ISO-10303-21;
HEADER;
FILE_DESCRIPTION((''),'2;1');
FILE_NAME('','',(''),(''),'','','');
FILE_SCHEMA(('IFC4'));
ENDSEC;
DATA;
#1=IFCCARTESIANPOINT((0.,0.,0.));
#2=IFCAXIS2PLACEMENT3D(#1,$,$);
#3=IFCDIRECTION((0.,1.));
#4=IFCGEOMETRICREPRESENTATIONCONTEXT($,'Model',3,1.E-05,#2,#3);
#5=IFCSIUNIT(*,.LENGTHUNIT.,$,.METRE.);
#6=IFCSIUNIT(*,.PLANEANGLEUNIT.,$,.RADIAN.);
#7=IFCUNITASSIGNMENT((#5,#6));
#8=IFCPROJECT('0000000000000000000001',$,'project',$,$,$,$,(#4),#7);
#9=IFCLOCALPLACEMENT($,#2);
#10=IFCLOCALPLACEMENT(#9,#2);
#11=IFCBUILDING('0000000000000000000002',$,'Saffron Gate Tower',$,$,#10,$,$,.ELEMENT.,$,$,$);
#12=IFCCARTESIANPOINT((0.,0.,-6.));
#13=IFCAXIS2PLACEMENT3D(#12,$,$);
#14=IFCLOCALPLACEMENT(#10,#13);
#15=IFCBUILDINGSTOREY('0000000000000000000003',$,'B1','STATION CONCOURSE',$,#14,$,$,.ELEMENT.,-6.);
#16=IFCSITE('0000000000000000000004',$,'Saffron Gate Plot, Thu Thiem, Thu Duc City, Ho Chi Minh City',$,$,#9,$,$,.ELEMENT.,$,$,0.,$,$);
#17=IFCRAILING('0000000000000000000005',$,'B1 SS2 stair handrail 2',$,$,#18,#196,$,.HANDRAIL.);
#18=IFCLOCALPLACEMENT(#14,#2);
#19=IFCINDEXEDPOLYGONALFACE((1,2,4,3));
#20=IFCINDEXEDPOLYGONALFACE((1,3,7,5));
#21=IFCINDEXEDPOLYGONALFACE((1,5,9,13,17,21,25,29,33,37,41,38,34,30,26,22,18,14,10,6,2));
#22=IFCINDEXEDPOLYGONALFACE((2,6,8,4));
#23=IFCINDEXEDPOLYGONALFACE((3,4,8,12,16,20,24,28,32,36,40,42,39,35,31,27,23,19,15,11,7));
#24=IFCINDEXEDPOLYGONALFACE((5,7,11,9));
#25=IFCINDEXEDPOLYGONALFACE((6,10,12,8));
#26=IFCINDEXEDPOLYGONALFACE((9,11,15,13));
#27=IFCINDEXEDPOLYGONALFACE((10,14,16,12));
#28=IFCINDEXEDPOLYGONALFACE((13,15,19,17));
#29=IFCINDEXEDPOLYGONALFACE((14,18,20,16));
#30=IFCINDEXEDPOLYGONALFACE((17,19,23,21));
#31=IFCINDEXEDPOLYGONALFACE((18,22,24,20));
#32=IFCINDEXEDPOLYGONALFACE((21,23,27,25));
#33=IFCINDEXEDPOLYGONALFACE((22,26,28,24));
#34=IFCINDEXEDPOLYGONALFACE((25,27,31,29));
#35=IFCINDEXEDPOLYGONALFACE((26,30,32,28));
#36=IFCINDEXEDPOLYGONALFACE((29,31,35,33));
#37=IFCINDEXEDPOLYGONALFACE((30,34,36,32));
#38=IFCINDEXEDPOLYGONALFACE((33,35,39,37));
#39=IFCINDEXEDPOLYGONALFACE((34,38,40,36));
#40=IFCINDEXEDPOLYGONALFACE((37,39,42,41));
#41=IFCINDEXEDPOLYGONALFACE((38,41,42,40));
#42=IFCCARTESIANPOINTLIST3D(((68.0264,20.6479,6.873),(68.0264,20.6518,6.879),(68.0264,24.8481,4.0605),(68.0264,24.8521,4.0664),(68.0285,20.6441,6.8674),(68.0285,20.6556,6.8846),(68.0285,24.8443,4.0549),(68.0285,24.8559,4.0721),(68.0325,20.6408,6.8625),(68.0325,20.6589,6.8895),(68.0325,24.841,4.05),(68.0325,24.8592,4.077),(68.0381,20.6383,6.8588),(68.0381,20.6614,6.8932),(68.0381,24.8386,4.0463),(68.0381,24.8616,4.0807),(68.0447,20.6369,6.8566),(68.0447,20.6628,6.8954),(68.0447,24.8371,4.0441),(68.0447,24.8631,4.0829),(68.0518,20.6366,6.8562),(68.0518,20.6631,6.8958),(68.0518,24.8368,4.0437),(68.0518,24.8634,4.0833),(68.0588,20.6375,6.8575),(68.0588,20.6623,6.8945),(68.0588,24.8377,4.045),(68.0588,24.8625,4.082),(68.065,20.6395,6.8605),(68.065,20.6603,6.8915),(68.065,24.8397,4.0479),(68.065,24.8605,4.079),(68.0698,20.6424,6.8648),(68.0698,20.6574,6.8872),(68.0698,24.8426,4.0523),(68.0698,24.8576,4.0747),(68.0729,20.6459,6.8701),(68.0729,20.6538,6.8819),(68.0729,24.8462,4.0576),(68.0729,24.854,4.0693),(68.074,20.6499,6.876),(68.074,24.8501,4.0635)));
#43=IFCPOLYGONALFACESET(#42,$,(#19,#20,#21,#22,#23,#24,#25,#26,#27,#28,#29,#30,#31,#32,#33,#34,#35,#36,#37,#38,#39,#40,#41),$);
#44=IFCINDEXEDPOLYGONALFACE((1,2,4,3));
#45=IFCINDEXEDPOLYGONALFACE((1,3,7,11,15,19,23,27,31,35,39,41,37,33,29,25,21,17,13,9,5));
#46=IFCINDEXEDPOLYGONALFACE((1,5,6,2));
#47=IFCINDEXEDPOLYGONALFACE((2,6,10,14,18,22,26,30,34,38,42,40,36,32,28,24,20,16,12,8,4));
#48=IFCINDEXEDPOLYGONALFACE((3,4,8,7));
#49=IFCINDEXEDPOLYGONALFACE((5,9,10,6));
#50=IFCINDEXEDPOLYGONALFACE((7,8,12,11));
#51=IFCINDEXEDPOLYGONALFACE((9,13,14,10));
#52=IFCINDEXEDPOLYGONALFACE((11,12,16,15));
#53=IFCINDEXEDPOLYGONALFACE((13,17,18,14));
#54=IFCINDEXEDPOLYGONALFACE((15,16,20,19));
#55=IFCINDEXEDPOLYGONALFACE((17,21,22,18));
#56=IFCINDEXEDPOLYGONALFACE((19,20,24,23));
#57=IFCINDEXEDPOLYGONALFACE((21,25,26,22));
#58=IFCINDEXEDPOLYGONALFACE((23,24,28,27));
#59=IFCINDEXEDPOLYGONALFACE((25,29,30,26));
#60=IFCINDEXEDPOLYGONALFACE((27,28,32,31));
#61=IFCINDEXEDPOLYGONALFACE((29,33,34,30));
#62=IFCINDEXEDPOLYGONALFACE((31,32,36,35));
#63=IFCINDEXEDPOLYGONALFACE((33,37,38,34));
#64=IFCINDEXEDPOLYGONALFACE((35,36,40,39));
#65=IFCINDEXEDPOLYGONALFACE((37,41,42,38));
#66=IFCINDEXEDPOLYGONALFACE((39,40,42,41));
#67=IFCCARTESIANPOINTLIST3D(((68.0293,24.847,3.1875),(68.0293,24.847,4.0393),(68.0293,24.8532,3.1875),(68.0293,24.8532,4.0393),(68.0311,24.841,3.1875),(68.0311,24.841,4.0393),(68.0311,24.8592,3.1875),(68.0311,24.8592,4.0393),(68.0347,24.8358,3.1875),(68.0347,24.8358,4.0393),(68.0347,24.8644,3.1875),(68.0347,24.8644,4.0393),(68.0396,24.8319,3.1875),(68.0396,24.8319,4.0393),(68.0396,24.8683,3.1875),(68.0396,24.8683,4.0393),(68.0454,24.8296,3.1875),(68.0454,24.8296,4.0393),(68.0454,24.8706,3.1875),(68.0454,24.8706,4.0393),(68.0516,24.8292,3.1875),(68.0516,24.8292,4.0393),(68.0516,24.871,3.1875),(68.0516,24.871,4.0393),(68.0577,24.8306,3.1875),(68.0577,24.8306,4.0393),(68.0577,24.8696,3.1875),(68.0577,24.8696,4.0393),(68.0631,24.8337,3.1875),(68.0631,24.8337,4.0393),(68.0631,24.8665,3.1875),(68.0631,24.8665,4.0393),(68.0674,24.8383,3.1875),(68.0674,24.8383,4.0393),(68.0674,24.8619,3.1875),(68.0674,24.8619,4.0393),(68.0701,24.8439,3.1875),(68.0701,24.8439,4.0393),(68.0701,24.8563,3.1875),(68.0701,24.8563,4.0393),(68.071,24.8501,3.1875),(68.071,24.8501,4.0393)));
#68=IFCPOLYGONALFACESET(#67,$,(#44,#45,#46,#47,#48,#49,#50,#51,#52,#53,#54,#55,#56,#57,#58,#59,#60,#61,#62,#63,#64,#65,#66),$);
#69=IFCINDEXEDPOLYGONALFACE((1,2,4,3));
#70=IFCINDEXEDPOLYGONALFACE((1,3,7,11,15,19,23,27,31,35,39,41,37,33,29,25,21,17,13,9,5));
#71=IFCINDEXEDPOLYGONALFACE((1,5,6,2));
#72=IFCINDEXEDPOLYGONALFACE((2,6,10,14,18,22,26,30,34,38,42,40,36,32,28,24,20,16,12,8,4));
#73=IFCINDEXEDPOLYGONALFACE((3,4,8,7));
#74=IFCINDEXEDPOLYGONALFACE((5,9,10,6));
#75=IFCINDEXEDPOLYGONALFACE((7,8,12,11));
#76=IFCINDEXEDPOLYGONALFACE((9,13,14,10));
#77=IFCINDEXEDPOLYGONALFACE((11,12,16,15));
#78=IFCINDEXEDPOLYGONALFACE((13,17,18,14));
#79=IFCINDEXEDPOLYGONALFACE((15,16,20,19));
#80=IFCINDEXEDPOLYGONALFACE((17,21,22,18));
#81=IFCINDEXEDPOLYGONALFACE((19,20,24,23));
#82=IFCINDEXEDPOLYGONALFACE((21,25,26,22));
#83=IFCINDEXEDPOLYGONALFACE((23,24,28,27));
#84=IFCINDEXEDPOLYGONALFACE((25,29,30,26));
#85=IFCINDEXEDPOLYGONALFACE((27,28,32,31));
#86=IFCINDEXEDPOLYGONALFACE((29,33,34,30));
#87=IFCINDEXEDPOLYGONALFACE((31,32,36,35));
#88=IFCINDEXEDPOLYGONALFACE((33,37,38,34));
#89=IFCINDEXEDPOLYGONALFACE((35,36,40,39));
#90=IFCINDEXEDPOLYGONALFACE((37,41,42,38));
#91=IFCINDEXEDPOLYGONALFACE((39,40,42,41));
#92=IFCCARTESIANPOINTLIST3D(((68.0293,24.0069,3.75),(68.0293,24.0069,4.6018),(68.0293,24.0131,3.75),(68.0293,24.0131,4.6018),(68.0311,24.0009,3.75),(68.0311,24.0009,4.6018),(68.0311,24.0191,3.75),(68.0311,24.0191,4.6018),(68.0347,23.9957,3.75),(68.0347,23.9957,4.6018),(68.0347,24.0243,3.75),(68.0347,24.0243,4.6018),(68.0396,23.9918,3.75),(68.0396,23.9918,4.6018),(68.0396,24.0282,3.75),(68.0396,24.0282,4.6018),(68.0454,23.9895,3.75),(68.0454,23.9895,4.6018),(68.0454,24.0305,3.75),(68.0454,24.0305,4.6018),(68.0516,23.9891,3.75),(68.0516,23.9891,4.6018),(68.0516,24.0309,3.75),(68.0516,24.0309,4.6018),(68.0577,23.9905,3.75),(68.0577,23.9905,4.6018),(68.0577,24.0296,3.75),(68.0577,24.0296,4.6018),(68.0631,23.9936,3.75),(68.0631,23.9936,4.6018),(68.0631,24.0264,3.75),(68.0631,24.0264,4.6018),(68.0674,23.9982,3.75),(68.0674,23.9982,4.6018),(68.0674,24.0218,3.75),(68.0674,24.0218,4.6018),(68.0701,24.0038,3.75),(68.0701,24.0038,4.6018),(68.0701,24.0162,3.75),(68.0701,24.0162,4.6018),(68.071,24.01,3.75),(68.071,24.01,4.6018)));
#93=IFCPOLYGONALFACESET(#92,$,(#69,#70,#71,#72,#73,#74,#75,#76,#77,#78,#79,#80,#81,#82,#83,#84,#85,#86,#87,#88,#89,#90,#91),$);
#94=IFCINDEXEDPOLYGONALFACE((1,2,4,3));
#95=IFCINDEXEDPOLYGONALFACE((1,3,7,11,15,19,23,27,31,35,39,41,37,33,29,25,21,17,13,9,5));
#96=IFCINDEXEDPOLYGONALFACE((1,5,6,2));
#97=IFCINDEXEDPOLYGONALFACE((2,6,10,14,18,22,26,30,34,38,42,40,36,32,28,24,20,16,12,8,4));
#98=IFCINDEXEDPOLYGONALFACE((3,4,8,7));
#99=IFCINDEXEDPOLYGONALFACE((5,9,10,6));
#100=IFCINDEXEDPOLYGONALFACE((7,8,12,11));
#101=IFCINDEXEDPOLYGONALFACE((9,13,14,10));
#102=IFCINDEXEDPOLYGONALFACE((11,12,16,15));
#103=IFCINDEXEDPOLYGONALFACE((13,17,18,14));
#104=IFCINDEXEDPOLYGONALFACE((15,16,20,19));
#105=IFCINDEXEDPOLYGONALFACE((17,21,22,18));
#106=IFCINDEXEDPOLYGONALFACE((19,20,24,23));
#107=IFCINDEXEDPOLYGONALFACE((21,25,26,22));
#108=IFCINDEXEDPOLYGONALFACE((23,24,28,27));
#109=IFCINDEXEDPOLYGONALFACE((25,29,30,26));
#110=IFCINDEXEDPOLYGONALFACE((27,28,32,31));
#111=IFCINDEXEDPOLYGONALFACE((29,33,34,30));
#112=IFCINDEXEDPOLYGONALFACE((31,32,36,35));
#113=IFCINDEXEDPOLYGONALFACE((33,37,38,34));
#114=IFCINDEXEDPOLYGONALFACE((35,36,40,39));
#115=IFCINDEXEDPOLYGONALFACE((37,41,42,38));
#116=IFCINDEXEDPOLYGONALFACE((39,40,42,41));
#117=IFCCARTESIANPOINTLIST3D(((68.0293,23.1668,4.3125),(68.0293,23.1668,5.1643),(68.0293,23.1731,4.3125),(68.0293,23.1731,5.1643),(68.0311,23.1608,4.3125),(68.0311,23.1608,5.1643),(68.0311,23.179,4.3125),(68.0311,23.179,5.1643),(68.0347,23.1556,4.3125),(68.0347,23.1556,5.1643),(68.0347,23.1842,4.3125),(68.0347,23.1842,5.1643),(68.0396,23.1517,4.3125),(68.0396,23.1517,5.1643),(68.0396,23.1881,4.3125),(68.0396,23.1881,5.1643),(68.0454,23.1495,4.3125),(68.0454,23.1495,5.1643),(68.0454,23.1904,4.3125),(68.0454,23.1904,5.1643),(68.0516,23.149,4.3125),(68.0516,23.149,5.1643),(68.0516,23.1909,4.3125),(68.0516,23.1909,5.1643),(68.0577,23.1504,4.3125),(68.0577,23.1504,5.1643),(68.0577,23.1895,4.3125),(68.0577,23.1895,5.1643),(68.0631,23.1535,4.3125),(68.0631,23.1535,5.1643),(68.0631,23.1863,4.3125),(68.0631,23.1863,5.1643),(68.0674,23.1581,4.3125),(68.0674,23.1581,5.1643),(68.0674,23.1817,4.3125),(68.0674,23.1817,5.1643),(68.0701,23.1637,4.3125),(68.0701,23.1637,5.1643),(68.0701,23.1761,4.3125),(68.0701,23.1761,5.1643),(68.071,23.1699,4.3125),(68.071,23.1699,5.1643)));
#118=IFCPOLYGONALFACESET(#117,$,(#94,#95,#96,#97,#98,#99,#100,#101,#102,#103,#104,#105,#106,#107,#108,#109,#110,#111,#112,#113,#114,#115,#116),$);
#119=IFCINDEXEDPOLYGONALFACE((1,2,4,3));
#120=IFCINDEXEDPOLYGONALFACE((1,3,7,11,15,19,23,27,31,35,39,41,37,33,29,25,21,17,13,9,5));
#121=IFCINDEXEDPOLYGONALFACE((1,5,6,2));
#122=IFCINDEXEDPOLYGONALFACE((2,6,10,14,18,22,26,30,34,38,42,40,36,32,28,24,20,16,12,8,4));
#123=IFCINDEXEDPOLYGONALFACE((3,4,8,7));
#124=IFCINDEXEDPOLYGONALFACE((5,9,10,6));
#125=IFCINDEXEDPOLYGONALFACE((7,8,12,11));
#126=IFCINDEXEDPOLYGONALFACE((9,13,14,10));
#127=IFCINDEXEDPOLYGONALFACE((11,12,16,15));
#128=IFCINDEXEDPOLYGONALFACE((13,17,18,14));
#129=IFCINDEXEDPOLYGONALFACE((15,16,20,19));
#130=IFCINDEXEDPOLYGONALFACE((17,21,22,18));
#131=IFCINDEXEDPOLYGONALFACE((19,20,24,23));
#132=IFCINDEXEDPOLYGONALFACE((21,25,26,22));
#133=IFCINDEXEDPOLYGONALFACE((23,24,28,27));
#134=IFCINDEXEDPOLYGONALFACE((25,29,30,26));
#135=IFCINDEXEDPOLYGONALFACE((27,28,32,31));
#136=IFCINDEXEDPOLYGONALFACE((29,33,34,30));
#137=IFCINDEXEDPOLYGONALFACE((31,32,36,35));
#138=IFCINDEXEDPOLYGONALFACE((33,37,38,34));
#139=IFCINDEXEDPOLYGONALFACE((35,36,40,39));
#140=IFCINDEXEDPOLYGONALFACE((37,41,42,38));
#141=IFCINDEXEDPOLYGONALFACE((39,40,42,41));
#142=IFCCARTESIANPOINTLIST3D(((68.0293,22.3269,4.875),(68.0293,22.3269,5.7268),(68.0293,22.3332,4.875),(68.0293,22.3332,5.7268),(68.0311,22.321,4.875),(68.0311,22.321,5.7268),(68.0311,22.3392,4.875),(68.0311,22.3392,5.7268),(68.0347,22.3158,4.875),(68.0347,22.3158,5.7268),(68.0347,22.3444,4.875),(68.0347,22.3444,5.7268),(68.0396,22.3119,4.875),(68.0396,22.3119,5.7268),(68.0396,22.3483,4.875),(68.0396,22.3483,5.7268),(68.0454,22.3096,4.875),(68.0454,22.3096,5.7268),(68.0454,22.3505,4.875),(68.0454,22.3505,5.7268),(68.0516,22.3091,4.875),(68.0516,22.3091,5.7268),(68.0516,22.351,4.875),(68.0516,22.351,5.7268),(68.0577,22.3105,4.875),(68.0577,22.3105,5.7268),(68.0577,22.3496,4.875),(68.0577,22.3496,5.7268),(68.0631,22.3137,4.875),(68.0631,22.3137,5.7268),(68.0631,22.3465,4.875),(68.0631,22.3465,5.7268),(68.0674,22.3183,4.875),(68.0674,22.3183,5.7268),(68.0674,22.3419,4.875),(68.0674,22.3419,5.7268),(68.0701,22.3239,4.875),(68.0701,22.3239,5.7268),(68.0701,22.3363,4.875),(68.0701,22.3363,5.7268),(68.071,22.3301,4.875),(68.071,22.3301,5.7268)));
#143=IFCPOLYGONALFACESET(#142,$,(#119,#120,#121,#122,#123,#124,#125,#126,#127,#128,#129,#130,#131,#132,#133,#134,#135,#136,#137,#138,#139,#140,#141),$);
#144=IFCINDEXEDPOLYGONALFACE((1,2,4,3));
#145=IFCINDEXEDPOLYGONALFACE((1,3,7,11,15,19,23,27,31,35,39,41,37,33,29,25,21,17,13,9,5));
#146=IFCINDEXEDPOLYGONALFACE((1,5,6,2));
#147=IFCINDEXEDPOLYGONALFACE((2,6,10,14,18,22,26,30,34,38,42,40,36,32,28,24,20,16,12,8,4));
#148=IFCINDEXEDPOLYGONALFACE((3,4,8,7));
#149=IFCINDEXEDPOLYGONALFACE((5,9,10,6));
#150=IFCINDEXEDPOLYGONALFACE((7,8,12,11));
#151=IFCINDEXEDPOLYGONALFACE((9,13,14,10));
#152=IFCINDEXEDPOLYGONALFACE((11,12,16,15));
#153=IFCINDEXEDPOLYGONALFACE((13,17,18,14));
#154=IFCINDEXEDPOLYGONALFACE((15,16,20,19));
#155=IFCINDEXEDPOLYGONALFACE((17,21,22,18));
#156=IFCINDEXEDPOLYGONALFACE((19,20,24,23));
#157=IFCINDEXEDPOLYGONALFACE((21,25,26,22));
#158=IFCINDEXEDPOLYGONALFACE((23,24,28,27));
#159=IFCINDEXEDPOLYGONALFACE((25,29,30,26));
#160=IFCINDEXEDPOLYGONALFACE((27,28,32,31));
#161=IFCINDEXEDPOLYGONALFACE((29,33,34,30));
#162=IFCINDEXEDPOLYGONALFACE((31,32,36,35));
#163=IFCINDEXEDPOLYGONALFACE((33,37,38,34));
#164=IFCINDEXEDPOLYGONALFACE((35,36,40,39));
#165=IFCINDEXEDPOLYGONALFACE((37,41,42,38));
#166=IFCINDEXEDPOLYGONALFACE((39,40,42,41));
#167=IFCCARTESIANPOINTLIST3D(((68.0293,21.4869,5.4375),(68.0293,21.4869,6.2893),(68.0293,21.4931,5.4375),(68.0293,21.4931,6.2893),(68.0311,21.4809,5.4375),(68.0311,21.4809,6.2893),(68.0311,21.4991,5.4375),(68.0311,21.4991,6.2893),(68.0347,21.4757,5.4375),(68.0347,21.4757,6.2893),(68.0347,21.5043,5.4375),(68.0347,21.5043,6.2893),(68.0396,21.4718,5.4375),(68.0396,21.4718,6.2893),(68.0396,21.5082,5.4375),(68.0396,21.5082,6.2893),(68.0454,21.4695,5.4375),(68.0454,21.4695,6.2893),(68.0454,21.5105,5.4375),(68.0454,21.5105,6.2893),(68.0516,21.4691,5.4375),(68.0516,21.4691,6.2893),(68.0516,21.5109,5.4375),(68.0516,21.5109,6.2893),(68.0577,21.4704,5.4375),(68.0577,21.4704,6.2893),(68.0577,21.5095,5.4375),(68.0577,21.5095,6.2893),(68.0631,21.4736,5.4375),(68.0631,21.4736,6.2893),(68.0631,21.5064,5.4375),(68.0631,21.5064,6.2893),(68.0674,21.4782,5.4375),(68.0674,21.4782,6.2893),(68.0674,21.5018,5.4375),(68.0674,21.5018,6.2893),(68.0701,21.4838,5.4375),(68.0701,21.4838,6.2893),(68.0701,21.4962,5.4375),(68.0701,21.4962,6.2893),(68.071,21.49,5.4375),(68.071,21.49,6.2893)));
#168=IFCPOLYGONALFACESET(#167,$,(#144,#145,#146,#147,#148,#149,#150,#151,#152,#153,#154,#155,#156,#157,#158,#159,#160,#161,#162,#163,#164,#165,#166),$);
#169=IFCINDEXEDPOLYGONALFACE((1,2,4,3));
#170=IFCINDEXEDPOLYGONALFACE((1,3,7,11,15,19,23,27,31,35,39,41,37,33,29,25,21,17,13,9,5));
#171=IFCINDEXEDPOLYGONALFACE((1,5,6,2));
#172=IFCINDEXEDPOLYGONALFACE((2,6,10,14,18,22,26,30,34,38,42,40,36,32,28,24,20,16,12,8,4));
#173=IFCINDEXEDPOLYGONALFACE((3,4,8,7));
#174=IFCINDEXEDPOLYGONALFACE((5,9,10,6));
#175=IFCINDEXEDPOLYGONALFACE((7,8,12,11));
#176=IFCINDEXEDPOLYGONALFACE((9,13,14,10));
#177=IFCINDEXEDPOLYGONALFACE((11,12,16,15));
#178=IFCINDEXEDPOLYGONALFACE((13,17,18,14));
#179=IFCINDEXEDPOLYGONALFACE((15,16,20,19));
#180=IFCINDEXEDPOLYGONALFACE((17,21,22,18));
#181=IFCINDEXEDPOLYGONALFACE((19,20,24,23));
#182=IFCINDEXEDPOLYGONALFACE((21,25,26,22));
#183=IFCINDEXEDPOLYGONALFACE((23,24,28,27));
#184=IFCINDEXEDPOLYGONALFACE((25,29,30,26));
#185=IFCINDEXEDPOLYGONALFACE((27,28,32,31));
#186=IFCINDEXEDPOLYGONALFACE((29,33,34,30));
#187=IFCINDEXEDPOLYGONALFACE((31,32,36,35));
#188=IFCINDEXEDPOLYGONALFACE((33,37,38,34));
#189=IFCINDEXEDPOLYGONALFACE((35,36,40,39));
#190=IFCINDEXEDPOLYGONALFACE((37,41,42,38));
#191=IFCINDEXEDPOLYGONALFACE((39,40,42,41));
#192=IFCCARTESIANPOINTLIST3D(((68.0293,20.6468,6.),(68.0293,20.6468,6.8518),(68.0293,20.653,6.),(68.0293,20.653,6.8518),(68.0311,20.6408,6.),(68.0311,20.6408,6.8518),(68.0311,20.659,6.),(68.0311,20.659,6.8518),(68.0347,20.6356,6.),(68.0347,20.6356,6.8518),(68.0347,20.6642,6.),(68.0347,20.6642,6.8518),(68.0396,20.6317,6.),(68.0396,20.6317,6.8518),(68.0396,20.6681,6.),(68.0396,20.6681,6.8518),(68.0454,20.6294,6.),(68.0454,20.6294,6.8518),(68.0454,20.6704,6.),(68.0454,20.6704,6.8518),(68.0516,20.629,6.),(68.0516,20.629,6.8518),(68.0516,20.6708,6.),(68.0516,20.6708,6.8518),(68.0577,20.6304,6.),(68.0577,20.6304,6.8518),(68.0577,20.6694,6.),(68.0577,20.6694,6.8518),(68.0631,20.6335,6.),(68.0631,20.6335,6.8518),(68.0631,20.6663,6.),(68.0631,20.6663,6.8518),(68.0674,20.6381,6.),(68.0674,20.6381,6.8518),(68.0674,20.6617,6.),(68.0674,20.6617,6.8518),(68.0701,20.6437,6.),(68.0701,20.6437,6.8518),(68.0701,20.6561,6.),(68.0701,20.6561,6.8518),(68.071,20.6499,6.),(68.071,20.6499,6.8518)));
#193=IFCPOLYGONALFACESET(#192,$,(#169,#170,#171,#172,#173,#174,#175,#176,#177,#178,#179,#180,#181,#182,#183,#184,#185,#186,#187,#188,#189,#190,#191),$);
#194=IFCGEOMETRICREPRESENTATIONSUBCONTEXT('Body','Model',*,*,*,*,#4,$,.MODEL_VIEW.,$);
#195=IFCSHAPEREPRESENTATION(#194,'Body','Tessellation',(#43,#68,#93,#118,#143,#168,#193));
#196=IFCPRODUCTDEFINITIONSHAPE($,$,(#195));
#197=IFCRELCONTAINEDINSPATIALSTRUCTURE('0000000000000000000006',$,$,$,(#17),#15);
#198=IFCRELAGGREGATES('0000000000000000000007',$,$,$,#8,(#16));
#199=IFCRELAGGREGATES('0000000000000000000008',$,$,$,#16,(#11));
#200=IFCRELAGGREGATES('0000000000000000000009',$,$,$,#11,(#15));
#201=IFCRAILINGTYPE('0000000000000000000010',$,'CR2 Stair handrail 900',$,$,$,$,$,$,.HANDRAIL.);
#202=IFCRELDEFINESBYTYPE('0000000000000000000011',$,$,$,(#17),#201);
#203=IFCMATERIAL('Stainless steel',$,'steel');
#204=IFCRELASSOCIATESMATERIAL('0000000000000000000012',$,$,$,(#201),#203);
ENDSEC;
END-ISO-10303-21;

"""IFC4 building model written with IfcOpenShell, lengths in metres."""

from ifc_helpers import new_model, si_unit, direction, frame, origin, origin_2d, place, context, subcontext, project, spatial, circle, extrude, material, type_object, element, save


model = new_model("IFC4")

# Units and contexts
model_context = context("Model", 3, precision=1e-05, world=origin(), true_north=direction((0.0, 1.0)))
body_context = subcontext(model_context, "Body", "Model", "MODEL_VIEW")
ifc_project = project(units=[si_unit("LENGTHUNIT", "METRE"), si_unit("PLANEANGLEUNIT", "RADIAN")], contexts=[model_context])

# Site, building, storey
site_placement = place(None, origin())
site = spatial("IfcSite", under=ifc_project, at=site_placement, Name="Saffron Gate Plot, Thu Thiem, Thu Duc City, Ho Chi Minh City", CompositionType="ELEMENT", RefElevation=0.0)
building_placement = place(site_placement, origin())
building = spatial("IfcBuilding", under=site, at=building_placement, Name="Saffron Gate Tower", CompositionType="ELEMENT")
storey_placement = place(building_placement, frame((0.0, 0.0, -6.0)))
storey = spatial("IfcBuildingStorey", under=building, at=storey_placement, Name="B1", Description="STATION CONCOURSE", CompositionType="ELEMENT", Elevation=-6.0)

# Railing
ifc_material_1 = material(Name="Stainless steel", Category="steel")
railing_type_1 = type_object("IfcRailingType", Name="CR2 Stair handrail 900", PredefinedType="HANDRAIL", material=ifc_material_1)
railing_1_placement = place(storey_placement, frame((68.05, 24.8501, 3.1875)))
element("IfcRailing", 1, at=railing_1_placement, inside=storey, type_object=railing_type_1, Name="B1 SS2 stair handrail 2", PredefinedType="HANDRAIL", context=body_context, shape_type="SweptSolid", body=[
    extrude(circle(Radius=0.0239, at=origin_2d()), frame((0.0, 0.0, 0.876), z_axis=(0.0, -0.830919, 0.556393), x_axis=(1.0, 0.0, 0.0)), (0.0, 0.0, 1.0), 5.0549),
    extrude(circle(Radius=0.021, at=origin_2d()), origin(), (0.0, 0.0, 1.0), 0.8518),
    extrude(circle(Radius=0.021, at=origin_2d()), frame((0.0, -0.8401, 0.5625)), (0.0, 0.0, 1.0), 0.8518),
    extrude(circle(Radius=0.021, at=origin_2d()), frame((0.0, -1.6802, 1.125)), (0.0, 0.0, 1.0), 0.8518),
    extrude(circle(Radius=0.021, at=origin_2d()), frame((0.0, -2.52, 1.6875)), (0.0, 0.0, 1.0), 0.8518),
    extrude(circle(Radius=0.021, at=origin_2d()), frame((0.0, -3.3601, 2.25)), (0.0, 0.0, 1.0), 0.8518),
    extrude(circle(Radius=0.021, at=origin_2d()), frame((0.0, -4.2002, 2.8125)), (0.0, 0.0, 1.0), 0.8518),
])

save(model, "model.ifc")
